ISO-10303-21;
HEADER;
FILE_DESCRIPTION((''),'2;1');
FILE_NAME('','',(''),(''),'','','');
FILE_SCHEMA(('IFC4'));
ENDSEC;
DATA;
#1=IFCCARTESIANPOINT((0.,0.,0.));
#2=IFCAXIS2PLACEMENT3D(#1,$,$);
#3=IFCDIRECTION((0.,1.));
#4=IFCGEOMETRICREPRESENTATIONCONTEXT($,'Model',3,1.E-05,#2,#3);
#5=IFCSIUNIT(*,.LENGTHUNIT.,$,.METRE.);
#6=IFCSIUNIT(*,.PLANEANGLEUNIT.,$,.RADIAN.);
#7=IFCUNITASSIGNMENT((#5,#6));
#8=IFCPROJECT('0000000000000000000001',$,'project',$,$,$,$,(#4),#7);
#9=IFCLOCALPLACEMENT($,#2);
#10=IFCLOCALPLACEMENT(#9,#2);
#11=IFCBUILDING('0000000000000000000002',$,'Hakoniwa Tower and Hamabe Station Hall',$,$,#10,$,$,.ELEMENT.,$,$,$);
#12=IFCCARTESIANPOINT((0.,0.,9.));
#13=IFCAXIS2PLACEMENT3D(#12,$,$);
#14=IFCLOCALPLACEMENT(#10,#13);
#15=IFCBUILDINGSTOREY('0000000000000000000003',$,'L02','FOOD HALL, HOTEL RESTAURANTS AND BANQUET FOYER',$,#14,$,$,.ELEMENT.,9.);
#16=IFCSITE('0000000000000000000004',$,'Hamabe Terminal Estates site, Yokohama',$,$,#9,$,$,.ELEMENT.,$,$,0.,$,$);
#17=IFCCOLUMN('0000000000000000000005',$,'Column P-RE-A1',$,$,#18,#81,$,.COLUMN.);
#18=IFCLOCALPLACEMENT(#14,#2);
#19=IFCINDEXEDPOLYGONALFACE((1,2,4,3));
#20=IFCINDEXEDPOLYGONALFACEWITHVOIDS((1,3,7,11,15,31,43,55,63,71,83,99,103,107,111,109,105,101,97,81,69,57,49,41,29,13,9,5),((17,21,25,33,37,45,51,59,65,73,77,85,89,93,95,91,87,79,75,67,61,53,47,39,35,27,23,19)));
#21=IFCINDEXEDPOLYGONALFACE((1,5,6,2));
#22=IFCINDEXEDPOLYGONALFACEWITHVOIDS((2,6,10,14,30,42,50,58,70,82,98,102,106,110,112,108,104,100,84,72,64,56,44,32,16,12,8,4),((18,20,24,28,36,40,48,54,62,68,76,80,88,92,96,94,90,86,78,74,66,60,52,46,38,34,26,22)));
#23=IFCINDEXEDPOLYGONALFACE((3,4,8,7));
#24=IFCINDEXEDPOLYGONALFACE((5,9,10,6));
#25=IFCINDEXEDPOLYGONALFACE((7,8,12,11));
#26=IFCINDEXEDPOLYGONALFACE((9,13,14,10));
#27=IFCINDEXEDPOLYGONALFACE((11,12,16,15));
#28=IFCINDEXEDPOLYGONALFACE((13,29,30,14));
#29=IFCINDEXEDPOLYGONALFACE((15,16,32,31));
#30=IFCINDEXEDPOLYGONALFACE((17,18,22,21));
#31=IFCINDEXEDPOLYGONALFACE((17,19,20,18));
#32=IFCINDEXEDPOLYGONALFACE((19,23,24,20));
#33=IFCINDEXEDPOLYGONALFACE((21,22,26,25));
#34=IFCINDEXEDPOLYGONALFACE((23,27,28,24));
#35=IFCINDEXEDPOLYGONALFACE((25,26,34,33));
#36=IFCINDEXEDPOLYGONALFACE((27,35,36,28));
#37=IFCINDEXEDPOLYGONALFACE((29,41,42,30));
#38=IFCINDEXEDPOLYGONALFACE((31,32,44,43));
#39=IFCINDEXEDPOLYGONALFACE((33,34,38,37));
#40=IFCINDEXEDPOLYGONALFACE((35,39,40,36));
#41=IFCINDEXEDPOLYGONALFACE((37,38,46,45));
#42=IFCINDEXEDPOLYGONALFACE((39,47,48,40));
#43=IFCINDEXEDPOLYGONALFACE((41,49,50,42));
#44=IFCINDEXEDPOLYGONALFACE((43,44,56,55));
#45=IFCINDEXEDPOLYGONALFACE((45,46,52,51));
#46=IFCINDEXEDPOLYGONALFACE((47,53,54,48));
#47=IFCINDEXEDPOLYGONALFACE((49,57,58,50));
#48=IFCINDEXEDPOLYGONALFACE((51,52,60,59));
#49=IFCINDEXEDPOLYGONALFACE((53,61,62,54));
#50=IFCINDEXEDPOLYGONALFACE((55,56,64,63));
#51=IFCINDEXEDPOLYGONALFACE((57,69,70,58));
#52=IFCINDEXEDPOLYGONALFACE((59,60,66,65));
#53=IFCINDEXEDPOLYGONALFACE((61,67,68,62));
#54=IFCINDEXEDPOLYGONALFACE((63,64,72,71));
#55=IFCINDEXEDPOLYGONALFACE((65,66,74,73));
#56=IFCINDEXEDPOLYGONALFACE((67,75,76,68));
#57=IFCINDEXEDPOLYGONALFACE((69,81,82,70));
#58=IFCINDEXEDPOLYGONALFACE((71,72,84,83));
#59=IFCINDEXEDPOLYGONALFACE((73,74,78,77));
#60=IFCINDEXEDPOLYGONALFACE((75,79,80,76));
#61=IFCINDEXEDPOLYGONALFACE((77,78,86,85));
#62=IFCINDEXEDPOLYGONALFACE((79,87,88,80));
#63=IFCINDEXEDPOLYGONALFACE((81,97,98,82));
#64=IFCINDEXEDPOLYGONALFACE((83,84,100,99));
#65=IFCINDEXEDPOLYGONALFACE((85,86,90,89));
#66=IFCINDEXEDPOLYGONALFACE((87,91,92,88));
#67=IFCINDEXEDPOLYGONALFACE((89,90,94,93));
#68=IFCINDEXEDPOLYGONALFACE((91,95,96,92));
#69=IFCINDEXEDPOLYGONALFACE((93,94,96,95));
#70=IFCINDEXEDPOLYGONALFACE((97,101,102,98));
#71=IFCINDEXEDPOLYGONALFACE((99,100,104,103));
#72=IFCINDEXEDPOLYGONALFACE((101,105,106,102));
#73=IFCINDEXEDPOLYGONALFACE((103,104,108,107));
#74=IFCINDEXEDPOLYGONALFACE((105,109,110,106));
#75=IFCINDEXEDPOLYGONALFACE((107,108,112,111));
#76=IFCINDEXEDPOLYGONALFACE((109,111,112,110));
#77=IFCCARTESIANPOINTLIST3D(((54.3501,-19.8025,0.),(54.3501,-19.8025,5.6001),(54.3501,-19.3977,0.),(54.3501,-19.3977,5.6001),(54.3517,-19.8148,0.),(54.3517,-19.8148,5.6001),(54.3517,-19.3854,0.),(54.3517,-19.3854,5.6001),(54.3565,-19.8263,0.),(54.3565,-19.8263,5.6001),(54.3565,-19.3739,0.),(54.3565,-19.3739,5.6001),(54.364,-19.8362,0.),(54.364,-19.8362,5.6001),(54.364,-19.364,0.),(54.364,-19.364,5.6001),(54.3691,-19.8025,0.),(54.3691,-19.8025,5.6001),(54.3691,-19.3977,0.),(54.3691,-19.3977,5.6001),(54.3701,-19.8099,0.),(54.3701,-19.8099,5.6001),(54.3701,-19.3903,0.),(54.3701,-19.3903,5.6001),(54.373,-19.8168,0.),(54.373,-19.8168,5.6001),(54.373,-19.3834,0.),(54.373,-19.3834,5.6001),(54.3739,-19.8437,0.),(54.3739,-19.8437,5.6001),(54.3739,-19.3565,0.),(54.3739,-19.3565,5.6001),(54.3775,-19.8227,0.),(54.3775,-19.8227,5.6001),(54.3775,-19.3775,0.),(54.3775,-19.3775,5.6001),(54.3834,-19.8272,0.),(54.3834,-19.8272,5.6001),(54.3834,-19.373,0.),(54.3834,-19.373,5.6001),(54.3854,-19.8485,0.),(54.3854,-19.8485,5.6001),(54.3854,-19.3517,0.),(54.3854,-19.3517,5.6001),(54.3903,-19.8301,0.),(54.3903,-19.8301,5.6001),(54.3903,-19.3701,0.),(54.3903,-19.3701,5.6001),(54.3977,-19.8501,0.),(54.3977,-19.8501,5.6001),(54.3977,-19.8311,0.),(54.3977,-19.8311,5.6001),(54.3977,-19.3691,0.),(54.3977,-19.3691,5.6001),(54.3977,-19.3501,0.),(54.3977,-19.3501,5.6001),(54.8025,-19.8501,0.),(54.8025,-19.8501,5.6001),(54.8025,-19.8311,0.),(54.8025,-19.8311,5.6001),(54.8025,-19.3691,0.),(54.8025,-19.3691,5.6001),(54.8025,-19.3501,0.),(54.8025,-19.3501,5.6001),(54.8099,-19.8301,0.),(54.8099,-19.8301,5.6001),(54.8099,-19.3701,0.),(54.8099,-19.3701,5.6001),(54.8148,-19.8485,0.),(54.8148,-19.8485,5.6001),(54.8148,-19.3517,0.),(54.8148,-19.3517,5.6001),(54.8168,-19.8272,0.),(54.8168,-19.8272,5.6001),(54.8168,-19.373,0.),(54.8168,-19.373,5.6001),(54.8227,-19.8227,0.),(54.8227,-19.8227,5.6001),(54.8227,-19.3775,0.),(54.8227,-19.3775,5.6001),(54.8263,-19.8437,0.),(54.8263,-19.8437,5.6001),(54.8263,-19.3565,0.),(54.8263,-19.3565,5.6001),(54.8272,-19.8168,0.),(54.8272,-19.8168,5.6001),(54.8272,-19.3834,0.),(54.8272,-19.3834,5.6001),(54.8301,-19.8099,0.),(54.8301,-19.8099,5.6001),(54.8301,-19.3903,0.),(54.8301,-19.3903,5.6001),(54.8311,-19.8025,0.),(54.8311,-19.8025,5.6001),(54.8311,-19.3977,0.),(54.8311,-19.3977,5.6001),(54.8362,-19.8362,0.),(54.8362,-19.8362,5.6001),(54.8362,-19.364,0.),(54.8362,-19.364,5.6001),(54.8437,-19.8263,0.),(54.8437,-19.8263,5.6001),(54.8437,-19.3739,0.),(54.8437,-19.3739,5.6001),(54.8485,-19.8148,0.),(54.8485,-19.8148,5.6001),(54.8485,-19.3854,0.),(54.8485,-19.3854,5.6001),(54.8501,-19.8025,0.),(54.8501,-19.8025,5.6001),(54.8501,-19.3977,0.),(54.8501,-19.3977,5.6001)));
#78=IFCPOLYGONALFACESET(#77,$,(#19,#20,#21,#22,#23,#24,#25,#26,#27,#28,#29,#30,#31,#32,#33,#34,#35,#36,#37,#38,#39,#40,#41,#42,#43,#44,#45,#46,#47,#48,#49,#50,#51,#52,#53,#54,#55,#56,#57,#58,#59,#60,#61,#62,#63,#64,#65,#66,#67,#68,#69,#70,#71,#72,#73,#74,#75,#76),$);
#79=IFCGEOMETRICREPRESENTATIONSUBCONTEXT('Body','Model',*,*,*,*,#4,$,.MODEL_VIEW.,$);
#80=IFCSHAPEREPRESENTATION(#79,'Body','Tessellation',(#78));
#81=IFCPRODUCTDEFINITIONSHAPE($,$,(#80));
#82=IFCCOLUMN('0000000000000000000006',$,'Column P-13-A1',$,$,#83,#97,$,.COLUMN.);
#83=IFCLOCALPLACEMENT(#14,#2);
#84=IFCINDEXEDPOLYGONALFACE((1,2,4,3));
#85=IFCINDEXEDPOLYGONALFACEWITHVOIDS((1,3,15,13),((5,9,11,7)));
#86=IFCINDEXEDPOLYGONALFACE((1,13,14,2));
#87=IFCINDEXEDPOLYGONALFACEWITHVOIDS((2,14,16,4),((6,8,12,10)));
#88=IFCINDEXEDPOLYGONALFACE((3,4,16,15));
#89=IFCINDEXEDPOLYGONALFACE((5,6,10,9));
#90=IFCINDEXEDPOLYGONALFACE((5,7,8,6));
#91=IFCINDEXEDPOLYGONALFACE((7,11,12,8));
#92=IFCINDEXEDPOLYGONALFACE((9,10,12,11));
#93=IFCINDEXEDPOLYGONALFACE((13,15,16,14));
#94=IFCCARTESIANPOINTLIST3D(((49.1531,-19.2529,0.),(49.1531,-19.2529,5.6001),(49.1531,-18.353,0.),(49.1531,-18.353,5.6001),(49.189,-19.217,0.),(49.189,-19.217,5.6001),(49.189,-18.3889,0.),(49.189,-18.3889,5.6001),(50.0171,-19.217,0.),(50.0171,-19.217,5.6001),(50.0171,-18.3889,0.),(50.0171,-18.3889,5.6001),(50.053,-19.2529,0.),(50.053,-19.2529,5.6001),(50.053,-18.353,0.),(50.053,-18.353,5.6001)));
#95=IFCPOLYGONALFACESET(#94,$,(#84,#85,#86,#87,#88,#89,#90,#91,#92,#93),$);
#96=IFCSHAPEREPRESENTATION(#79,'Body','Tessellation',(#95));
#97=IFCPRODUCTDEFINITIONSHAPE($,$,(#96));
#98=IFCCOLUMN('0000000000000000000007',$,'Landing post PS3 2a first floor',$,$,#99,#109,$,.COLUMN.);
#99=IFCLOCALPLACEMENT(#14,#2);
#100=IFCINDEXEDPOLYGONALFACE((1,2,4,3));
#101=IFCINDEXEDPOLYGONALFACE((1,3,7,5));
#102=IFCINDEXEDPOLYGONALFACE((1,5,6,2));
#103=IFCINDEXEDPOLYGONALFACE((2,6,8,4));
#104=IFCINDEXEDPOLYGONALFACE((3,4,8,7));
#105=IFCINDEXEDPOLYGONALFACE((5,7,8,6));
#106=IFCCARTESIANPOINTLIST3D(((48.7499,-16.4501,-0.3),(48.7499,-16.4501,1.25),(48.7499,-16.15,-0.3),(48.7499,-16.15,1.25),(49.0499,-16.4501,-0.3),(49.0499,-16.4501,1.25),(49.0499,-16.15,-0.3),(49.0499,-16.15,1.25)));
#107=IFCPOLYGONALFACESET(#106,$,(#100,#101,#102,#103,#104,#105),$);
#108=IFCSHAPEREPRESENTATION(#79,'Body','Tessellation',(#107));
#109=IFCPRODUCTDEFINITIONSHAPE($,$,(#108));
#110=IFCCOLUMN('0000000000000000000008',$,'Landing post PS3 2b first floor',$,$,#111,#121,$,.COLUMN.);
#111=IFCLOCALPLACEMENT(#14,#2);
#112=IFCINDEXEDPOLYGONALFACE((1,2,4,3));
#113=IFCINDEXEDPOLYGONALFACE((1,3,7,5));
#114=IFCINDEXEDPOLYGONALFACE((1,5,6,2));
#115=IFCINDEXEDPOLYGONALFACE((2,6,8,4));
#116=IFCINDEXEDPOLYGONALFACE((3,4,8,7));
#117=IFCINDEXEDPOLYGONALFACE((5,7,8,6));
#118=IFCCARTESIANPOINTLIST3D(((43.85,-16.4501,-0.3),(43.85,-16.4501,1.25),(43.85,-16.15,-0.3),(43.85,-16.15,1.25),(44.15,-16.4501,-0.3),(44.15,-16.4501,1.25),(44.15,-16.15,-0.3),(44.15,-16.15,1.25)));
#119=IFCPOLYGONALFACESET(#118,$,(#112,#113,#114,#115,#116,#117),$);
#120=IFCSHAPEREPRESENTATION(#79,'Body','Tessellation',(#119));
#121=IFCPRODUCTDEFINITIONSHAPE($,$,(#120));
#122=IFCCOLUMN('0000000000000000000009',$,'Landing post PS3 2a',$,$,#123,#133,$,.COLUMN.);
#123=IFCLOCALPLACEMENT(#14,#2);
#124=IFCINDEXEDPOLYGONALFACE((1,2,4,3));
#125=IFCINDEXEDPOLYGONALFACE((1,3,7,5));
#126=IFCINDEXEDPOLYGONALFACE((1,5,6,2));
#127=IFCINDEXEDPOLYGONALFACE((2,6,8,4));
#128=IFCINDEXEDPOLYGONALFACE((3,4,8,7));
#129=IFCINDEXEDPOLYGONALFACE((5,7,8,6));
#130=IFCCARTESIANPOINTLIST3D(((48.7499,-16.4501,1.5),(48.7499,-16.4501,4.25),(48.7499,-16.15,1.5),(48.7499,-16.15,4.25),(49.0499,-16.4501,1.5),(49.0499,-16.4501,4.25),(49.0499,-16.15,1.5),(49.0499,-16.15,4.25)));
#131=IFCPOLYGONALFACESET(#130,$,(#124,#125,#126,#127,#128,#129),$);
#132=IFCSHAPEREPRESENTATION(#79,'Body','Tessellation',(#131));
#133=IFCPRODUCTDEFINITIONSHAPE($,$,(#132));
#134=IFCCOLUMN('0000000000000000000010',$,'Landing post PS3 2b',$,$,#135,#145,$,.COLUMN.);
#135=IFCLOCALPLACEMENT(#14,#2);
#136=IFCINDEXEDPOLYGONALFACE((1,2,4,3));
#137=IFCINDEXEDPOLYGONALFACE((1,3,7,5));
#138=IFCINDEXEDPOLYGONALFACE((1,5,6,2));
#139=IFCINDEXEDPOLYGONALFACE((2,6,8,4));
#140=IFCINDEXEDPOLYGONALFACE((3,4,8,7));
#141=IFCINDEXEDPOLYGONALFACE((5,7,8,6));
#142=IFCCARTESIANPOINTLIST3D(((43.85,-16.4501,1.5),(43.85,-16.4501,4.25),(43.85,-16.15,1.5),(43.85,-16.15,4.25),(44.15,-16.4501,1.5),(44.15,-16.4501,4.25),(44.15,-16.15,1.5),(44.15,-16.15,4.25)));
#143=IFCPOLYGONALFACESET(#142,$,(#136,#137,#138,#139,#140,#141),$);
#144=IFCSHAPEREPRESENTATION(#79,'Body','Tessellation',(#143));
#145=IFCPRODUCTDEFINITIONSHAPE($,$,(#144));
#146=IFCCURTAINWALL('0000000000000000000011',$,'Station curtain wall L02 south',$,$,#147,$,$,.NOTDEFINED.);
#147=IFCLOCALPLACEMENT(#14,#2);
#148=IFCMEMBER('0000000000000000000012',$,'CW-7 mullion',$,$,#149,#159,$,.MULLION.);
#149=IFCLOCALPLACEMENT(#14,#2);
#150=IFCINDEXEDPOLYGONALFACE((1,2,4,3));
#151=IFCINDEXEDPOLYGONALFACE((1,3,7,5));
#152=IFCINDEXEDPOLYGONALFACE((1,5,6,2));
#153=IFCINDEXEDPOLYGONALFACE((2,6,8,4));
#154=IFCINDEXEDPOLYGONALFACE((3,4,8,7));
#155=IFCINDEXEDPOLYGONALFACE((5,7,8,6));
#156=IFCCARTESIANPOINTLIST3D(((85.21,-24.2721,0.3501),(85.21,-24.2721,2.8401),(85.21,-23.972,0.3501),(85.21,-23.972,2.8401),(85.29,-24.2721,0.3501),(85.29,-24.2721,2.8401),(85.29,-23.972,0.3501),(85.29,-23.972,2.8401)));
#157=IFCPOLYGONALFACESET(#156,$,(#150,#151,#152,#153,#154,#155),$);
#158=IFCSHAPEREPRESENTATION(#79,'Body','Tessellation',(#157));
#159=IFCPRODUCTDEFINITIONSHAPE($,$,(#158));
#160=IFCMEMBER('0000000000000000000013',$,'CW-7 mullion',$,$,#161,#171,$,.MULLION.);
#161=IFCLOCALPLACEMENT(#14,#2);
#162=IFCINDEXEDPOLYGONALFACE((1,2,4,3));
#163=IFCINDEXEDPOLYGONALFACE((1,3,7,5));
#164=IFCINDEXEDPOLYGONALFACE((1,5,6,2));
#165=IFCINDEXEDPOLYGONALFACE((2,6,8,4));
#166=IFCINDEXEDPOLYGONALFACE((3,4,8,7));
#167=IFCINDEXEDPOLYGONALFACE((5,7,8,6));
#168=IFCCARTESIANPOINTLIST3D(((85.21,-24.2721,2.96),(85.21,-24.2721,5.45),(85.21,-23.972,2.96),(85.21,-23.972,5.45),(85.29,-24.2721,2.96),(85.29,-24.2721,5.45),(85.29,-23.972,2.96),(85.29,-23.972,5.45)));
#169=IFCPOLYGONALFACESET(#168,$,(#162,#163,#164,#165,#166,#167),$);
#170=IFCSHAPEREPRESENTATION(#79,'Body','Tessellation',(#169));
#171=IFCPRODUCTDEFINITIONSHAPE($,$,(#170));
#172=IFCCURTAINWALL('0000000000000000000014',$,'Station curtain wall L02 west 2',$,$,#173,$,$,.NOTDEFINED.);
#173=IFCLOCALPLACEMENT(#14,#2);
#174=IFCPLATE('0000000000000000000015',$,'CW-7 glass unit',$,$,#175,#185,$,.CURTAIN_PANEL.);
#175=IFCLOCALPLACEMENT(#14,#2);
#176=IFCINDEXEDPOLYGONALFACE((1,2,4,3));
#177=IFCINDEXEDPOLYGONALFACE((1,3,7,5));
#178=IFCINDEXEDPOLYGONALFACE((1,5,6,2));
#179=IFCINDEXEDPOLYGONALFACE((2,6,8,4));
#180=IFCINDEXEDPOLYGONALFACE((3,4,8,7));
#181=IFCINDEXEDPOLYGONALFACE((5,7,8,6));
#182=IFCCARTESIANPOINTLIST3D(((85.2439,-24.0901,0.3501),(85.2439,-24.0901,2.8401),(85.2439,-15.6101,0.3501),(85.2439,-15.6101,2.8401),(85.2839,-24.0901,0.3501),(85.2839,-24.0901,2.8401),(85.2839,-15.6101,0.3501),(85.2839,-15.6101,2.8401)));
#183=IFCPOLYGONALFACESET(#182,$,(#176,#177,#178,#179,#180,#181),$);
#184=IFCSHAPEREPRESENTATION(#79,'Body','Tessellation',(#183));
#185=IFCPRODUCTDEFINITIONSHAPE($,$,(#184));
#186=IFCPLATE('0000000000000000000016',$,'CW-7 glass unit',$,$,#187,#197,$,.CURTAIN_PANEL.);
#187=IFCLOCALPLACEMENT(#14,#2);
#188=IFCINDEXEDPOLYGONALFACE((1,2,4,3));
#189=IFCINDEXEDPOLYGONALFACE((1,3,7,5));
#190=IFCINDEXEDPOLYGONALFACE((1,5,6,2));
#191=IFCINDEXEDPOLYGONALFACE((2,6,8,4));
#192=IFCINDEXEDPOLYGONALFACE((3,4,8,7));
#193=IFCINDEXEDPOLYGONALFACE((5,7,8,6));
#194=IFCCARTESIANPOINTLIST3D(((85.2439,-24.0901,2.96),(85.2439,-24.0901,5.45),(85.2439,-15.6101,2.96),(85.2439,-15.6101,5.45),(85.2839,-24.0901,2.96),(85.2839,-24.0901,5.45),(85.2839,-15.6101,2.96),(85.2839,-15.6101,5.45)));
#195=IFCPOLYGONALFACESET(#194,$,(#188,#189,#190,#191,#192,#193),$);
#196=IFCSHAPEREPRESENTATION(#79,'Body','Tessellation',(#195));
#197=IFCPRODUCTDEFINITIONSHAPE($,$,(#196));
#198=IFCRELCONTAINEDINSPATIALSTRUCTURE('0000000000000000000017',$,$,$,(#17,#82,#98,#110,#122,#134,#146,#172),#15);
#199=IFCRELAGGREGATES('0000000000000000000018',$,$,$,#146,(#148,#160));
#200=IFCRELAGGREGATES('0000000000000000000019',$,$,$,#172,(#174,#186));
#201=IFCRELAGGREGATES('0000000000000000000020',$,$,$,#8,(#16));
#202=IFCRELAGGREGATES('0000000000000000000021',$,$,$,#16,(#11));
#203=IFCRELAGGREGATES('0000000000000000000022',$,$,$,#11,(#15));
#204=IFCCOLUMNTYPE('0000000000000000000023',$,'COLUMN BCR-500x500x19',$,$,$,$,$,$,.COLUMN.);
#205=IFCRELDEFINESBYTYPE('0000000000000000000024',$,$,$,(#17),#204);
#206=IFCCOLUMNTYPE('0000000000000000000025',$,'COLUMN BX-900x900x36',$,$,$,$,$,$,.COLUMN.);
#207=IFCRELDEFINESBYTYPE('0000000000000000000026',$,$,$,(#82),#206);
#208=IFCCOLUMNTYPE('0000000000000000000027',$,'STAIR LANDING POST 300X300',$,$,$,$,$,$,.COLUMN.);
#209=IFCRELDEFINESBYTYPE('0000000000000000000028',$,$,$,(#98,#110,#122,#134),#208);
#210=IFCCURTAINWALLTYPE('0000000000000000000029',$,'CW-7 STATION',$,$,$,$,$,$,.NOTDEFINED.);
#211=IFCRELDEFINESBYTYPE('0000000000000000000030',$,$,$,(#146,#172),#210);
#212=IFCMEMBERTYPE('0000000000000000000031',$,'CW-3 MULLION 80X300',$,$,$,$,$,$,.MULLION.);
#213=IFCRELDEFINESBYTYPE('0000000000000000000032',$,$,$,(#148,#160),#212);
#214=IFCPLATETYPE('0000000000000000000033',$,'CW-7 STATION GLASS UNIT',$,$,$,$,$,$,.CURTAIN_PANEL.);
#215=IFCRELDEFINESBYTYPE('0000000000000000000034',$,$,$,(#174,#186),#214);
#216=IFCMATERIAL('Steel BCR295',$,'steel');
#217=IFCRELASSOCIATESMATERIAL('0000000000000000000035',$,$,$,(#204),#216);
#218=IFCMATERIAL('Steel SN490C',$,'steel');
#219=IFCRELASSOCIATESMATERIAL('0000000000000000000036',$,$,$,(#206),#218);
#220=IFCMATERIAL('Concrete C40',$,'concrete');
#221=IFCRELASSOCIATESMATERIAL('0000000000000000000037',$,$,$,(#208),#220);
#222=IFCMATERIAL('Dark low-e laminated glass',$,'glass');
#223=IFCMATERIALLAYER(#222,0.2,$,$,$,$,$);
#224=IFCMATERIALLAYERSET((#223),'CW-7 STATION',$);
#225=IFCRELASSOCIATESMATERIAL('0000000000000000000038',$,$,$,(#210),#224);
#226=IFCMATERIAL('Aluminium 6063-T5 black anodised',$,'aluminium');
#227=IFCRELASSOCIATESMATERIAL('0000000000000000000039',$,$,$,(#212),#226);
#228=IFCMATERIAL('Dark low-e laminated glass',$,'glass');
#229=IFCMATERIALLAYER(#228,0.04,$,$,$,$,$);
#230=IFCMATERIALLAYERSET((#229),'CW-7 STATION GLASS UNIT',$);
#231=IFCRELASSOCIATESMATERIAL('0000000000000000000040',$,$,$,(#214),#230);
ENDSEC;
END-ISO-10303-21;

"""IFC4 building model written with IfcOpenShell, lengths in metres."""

from ifc_helpers import new_model, si_unit, direction, frame, origin, origin_2d, place, context, subcontext, project, spatial, rectangle, hollow_rectangle, extrude, material, layer, layer_set, material_profile, profile_set, type_object, element, aggregate, save


model = new_model("IFC4")

# Units and contexts
model_context = context("Model", 3, precision=1e-05, world=origin(), true_north=direction((0.0, 1.0)))
body_context = subcontext(model_context, "Body", "Model", "MODEL_VIEW")
ifc_project = project(units=[si_unit("LENGTHUNIT", "METRE"), si_unit("PLANEANGLEUNIT", "RADIAN")], contexts=[model_context])

# Site, building, storey
site_placement = place(None, origin())
site = spatial("IfcSite", under=ifc_project, at=site_placement, Name="Hamabe Terminal Estates site, Yokohama", CompositionType="ELEMENT", RefElevation=0.0)
building_placement = place(site_placement, origin())
building = spatial("IfcBuilding", under=site, at=building_placement, Name="Hakoniwa Tower and Hamabe Station Hall", CompositionType="ELEMENT")
storey_placement = place(building_placement, frame((0.0, 0.0, 9.0)))
storey = spatial("IfcBuildingStorey", under=building, at=storey_placement, Name="L02", Description="FOOD HALL, HOTEL RESTAURANTS AND BANQUET FOYER", CompositionType="ELEMENT", Elevation=9.0)

# Columns
ifc_material_1 = material(Name="Steel BCR295", Category="steel")
ifc_material_profile_1 = material_profile(ifc_material_1, hollow_rectangle(XDim=0.5, YDim=0.5, WallThickness=0.019, InnerFilletRadius=0.0286, OuterFilletRadius=0.0476, at=origin_2d()), Name="BCR-500x500x19")
ifc_profile_set_1 = profile_set([ifc_material_profile_1], Name="Steel BCR295")
column_type_1 = type_object("IfcColumnType", Name="COLUMN BCR-500x500x19", PredefinedType="COLUMN", material=ifc_profile_set_1)
column_1_placement = place(storey_placement, frame((54.6001, -19.6001, 0.0), z_axis=(0.0, 0.0, 1.0), x_axis=(1.0, 0.0, 0.0)))
element("IfcColumn", 1, at=column_1_placement, inside=storey, type_object=column_type_1, Name="Column P-RE-A1", PredefinedType="COLUMN", context=body_context, shape_type="SweptSolid", body=[
    extrude(hollow_rectangle(XDim=0.5, YDim=0.5, WallThickness=0.019, InnerFilletRadius=0.0286, OuterFilletRadius=0.0476, at=origin_2d()), origin(), (0.0, 0.0, 1.0), 5.6001),
])
ifc_material_2 = material(Name="Steel SN490C", Category="steel")
ifc_material_profile_2 = material_profile(ifc_material_2, hollow_rectangle(XDim=0.8999, YDim=0.8999, WallThickness=0.0359, at=origin_2d()), Name="BX-900x900x36")
ifc_profile_set_2 = profile_set([ifc_material_profile_2], Name="Steel SN490C")
column_type_2 = type_object("IfcColumnType", Name="COLUMN BX-900x900x36", PredefinedType="COLUMN", material=ifc_profile_set_2)
column_2_placement = place(storey_placement, frame((49.603, -18.803, 0.0), z_axis=(0.0, 0.0, 1.0), x_axis=(1.0, 0.0, 0.0)))
element("IfcColumn", 2, at=column_2_placement, inside=storey, type_object=column_type_2, Name="Column P-13-A1", PredefinedType="COLUMN", context=body_context, shape_type="SweptSolid", body=[
    extrude(hollow_rectangle(XDim=0.8999, YDim=0.8999, WallThickness=0.0359, at=origin_2d()), origin(), (0.0, 0.0, 1.0), 5.6001),
])
ifc_material_3 = material(Name="Concrete C40", Category="concrete")
ifc_material_profile_3 = material_profile(ifc_material_3, rectangle(XDim=0.3, YDim=0.3, at=origin_2d()), Name="STAIR LANDING POST 300X300")
ifc_profile_set_3 = profile_set([ifc_material_profile_3], Name="Concrete C40")
column_type_3 = type_object("IfcColumnType", Name="STAIR LANDING POST 300X300", PredefinedType="COLUMN", material=ifc_profile_set_3)
for number, where, z_axis, x_axis, name in (
    (3, (48.8999, -16.3, -0.3), (0.0, 0.0, 1.0), (1.0, 0.0, 0.0), "Landing post PS3 2a first floor"),
    (4, (44.0, -16.3, -0.3), (0.0, 0.0, 1.0), (1.0, 0.0, 0.0), "Landing post PS3 2b first floor"),
):
    element("IfcColumn", number, at=place(storey_placement, frame(where, z_axis=z_axis, x_axis=x_axis)), inside=storey, type_object=column_type_3, Name=name, PredefinedType="COLUMN", context=body_context, shape_type="SweptSolid", body=[
        extrude(rectangle(XDim=0.3, YDim=0.3, at=origin_2d()), origin(), (0.0, 0.0, 1.0), 1.55),
    ])
for number, where, z_axis, x_axis, name in (
    (5, (48.8999, -16.3, 1.5), (0.0, 0.0, 1.0), (1.0, 0.0, 0.0), "Landing post PS3 2a"),
    (6, (44.0, -16.3, 1.5), (0.0, 0.0, 1.0), (1.0, 0.0, 0.0), "Landing post PS3 2b"),
):
    element("IfcColumn", number, at=place(storey_placement, frame(where, z_axis=z_axis, x_axis=x_axis)), inside=storey, type_object=column_type_3, Name=name, PredefinedType="COLUMN", context=body_context, shape_type="SweptSolid", body=[
        extrude(rectangle(XDim=0.3, YDim=0.3, at=origin_2d()), origin(), (0.0, 0.0, 1.0), 2.75),
    ])

# Curtain wall, members
ifc_material_4 = material(Name="Dark low-e laminated glass", Category="glass")
ifc_layer_1 = layer(ifc_material_4, 0.2)
ifc_layer_set_1 = layer_set([ifc_layer_1], Name="CW-7 STATION")
curtain_wall_type = type_object("IfcCurtainWallType", Name="CW-7 STATION", PredefinedType="NOTDEFINED", material=ifc_layer_set_1)
curtain_wall_1_placement = place(storey_placement, origin())
curtain_wall_1 = element("IfcCurtainWall", 7, at=curtain_wall_1_placement, inside=storey, type_object=curtain_wall_type, Name="Station curtain wall L02 south", PredefinedType="NOTDEFINED")
ifc_material_5 = material(Name="Aluminium 6063-T5 black anodised", Category="aluminium")
ifc_material_profile_4 = material_profile(ifc_material_5, rectangle(XDim=0.0801, YDim=0.3, at=origin_2d()), Name="CW-3 MULLION 80X300")
ifc_profile_set_4 = profile_set([ifc_material_profile_4], Name="Aluminium 6063-T5 black anodised")
member_type = type_object("IfcMemberType", Name="CW-3 MULLION 80X300", PredefinedType="MULLION", material=ifc_profile_set_4)
member_1_placement = place(storey_placement, frame((85.25, -24.1221, 0.3501), z_axis=(0.0, 0.0, 1.0), x_axis=(1.0, 0.0, 0.0)))
member_1 = element("IfcMember", 8, at=member_1_placement, type_object=member_type, Name="CW-7 mullion", PredefinedType="MULLION", context=body_context, shape_type="SweptSolid", body=[
    extrude(rectangle(XDim=0.0801, YDim=0.3, at=origin_2d()), origin(), (0.0, 0.0, 1.0), 2.49),
])
member_2_placement = place(storey_placement, frame((85.25, -24.1221, 2.96), z_axis=(0.0, 0.0, 1.0), x_axis=(1.0, 0.0, 0.0)))
member_2 = element("IfcMember", 9, at=member_2_placement, type_object=member_type, Name="CW-7 mullion", PredefinedType="MULLION", context=body_context, shape_type="SweptSolid", body=[
    extrude(rectangle(XDim=0.0801, YDim=0.3, at=origin_2d()), origin(), (0.0, 0.0, 1.0), 2.49),
])
aggregate(curtain_wall_1, [member_1, member_2])

# Curtain wall, plates
curtain_wall_2_placement = place(storey_placement, origin())
curtain_wall_2 = element("IfcCurtainWall", 10, at=curtain_wall_2_placement, inside=storey, type_object=curtain_wall_type, Name="Station curtain wall L02 west 2", PredefinedType="NOTDEFINED")
ifc_material_6 = material(Name="Dark low-e laminated glass", Category="glass")
ifc_layer_2 = layer(ifc_material_6, 0.04)
ifc_layer_set_2 = layer_set([ifc_layer_2], Name="CW-7 STATION GLASS UNIT")
plate_type = type_object("IfcPlateType", Name="CW-7 STATION GLASS UNIT", PredefinedType="CURTAIN_PANEL", material=ifc_layer_set_2)
plate_1_placement = place(storey_placement, frame((85.2639, -19.8501, 0.3501), z_axis=(0.0, 0.0, 1.0), x_axis=(0.0, -1.0, 0.0)))
plate_1 = element("IfcPlate", 11, at=plate_1_placement, type_object=plate_type, Name="CW-7 glass unit", PredefinedType="CURTAIN_PANEL", context=body_context, shape_type="SweptSolid", body=[
    extrude(rectangle(XDim=8.48, YDim=0.04, at=origin_2d()), origin(), (0.0, 0.0, 1.0), 2.49),
])
plate_2_placement = place(storey_placement, frame((85.2639, -19.8501, 2.96), z_axis=(0.0, 0.0, 1.0), x_axis=(0.0, -1.0, 0.0)))
plate_2 = element("IfcPlate", 12, at=plate_2_placement, type_object=plate_type, Name="CW-7 glass unit", PredefinedType="CURTAIN_PANEL", context=body_context, shape_type="SweptSolid", body=[
    extrude(rectangle(XDim=8.48, YDim=0.04, at=origin_2d()), origin(), (0.0, 0.0, 1.0), 2.49),
])
aggregate(curtain_wall_2, [plate_1, plate_2])

save(model, "model.ifc")
